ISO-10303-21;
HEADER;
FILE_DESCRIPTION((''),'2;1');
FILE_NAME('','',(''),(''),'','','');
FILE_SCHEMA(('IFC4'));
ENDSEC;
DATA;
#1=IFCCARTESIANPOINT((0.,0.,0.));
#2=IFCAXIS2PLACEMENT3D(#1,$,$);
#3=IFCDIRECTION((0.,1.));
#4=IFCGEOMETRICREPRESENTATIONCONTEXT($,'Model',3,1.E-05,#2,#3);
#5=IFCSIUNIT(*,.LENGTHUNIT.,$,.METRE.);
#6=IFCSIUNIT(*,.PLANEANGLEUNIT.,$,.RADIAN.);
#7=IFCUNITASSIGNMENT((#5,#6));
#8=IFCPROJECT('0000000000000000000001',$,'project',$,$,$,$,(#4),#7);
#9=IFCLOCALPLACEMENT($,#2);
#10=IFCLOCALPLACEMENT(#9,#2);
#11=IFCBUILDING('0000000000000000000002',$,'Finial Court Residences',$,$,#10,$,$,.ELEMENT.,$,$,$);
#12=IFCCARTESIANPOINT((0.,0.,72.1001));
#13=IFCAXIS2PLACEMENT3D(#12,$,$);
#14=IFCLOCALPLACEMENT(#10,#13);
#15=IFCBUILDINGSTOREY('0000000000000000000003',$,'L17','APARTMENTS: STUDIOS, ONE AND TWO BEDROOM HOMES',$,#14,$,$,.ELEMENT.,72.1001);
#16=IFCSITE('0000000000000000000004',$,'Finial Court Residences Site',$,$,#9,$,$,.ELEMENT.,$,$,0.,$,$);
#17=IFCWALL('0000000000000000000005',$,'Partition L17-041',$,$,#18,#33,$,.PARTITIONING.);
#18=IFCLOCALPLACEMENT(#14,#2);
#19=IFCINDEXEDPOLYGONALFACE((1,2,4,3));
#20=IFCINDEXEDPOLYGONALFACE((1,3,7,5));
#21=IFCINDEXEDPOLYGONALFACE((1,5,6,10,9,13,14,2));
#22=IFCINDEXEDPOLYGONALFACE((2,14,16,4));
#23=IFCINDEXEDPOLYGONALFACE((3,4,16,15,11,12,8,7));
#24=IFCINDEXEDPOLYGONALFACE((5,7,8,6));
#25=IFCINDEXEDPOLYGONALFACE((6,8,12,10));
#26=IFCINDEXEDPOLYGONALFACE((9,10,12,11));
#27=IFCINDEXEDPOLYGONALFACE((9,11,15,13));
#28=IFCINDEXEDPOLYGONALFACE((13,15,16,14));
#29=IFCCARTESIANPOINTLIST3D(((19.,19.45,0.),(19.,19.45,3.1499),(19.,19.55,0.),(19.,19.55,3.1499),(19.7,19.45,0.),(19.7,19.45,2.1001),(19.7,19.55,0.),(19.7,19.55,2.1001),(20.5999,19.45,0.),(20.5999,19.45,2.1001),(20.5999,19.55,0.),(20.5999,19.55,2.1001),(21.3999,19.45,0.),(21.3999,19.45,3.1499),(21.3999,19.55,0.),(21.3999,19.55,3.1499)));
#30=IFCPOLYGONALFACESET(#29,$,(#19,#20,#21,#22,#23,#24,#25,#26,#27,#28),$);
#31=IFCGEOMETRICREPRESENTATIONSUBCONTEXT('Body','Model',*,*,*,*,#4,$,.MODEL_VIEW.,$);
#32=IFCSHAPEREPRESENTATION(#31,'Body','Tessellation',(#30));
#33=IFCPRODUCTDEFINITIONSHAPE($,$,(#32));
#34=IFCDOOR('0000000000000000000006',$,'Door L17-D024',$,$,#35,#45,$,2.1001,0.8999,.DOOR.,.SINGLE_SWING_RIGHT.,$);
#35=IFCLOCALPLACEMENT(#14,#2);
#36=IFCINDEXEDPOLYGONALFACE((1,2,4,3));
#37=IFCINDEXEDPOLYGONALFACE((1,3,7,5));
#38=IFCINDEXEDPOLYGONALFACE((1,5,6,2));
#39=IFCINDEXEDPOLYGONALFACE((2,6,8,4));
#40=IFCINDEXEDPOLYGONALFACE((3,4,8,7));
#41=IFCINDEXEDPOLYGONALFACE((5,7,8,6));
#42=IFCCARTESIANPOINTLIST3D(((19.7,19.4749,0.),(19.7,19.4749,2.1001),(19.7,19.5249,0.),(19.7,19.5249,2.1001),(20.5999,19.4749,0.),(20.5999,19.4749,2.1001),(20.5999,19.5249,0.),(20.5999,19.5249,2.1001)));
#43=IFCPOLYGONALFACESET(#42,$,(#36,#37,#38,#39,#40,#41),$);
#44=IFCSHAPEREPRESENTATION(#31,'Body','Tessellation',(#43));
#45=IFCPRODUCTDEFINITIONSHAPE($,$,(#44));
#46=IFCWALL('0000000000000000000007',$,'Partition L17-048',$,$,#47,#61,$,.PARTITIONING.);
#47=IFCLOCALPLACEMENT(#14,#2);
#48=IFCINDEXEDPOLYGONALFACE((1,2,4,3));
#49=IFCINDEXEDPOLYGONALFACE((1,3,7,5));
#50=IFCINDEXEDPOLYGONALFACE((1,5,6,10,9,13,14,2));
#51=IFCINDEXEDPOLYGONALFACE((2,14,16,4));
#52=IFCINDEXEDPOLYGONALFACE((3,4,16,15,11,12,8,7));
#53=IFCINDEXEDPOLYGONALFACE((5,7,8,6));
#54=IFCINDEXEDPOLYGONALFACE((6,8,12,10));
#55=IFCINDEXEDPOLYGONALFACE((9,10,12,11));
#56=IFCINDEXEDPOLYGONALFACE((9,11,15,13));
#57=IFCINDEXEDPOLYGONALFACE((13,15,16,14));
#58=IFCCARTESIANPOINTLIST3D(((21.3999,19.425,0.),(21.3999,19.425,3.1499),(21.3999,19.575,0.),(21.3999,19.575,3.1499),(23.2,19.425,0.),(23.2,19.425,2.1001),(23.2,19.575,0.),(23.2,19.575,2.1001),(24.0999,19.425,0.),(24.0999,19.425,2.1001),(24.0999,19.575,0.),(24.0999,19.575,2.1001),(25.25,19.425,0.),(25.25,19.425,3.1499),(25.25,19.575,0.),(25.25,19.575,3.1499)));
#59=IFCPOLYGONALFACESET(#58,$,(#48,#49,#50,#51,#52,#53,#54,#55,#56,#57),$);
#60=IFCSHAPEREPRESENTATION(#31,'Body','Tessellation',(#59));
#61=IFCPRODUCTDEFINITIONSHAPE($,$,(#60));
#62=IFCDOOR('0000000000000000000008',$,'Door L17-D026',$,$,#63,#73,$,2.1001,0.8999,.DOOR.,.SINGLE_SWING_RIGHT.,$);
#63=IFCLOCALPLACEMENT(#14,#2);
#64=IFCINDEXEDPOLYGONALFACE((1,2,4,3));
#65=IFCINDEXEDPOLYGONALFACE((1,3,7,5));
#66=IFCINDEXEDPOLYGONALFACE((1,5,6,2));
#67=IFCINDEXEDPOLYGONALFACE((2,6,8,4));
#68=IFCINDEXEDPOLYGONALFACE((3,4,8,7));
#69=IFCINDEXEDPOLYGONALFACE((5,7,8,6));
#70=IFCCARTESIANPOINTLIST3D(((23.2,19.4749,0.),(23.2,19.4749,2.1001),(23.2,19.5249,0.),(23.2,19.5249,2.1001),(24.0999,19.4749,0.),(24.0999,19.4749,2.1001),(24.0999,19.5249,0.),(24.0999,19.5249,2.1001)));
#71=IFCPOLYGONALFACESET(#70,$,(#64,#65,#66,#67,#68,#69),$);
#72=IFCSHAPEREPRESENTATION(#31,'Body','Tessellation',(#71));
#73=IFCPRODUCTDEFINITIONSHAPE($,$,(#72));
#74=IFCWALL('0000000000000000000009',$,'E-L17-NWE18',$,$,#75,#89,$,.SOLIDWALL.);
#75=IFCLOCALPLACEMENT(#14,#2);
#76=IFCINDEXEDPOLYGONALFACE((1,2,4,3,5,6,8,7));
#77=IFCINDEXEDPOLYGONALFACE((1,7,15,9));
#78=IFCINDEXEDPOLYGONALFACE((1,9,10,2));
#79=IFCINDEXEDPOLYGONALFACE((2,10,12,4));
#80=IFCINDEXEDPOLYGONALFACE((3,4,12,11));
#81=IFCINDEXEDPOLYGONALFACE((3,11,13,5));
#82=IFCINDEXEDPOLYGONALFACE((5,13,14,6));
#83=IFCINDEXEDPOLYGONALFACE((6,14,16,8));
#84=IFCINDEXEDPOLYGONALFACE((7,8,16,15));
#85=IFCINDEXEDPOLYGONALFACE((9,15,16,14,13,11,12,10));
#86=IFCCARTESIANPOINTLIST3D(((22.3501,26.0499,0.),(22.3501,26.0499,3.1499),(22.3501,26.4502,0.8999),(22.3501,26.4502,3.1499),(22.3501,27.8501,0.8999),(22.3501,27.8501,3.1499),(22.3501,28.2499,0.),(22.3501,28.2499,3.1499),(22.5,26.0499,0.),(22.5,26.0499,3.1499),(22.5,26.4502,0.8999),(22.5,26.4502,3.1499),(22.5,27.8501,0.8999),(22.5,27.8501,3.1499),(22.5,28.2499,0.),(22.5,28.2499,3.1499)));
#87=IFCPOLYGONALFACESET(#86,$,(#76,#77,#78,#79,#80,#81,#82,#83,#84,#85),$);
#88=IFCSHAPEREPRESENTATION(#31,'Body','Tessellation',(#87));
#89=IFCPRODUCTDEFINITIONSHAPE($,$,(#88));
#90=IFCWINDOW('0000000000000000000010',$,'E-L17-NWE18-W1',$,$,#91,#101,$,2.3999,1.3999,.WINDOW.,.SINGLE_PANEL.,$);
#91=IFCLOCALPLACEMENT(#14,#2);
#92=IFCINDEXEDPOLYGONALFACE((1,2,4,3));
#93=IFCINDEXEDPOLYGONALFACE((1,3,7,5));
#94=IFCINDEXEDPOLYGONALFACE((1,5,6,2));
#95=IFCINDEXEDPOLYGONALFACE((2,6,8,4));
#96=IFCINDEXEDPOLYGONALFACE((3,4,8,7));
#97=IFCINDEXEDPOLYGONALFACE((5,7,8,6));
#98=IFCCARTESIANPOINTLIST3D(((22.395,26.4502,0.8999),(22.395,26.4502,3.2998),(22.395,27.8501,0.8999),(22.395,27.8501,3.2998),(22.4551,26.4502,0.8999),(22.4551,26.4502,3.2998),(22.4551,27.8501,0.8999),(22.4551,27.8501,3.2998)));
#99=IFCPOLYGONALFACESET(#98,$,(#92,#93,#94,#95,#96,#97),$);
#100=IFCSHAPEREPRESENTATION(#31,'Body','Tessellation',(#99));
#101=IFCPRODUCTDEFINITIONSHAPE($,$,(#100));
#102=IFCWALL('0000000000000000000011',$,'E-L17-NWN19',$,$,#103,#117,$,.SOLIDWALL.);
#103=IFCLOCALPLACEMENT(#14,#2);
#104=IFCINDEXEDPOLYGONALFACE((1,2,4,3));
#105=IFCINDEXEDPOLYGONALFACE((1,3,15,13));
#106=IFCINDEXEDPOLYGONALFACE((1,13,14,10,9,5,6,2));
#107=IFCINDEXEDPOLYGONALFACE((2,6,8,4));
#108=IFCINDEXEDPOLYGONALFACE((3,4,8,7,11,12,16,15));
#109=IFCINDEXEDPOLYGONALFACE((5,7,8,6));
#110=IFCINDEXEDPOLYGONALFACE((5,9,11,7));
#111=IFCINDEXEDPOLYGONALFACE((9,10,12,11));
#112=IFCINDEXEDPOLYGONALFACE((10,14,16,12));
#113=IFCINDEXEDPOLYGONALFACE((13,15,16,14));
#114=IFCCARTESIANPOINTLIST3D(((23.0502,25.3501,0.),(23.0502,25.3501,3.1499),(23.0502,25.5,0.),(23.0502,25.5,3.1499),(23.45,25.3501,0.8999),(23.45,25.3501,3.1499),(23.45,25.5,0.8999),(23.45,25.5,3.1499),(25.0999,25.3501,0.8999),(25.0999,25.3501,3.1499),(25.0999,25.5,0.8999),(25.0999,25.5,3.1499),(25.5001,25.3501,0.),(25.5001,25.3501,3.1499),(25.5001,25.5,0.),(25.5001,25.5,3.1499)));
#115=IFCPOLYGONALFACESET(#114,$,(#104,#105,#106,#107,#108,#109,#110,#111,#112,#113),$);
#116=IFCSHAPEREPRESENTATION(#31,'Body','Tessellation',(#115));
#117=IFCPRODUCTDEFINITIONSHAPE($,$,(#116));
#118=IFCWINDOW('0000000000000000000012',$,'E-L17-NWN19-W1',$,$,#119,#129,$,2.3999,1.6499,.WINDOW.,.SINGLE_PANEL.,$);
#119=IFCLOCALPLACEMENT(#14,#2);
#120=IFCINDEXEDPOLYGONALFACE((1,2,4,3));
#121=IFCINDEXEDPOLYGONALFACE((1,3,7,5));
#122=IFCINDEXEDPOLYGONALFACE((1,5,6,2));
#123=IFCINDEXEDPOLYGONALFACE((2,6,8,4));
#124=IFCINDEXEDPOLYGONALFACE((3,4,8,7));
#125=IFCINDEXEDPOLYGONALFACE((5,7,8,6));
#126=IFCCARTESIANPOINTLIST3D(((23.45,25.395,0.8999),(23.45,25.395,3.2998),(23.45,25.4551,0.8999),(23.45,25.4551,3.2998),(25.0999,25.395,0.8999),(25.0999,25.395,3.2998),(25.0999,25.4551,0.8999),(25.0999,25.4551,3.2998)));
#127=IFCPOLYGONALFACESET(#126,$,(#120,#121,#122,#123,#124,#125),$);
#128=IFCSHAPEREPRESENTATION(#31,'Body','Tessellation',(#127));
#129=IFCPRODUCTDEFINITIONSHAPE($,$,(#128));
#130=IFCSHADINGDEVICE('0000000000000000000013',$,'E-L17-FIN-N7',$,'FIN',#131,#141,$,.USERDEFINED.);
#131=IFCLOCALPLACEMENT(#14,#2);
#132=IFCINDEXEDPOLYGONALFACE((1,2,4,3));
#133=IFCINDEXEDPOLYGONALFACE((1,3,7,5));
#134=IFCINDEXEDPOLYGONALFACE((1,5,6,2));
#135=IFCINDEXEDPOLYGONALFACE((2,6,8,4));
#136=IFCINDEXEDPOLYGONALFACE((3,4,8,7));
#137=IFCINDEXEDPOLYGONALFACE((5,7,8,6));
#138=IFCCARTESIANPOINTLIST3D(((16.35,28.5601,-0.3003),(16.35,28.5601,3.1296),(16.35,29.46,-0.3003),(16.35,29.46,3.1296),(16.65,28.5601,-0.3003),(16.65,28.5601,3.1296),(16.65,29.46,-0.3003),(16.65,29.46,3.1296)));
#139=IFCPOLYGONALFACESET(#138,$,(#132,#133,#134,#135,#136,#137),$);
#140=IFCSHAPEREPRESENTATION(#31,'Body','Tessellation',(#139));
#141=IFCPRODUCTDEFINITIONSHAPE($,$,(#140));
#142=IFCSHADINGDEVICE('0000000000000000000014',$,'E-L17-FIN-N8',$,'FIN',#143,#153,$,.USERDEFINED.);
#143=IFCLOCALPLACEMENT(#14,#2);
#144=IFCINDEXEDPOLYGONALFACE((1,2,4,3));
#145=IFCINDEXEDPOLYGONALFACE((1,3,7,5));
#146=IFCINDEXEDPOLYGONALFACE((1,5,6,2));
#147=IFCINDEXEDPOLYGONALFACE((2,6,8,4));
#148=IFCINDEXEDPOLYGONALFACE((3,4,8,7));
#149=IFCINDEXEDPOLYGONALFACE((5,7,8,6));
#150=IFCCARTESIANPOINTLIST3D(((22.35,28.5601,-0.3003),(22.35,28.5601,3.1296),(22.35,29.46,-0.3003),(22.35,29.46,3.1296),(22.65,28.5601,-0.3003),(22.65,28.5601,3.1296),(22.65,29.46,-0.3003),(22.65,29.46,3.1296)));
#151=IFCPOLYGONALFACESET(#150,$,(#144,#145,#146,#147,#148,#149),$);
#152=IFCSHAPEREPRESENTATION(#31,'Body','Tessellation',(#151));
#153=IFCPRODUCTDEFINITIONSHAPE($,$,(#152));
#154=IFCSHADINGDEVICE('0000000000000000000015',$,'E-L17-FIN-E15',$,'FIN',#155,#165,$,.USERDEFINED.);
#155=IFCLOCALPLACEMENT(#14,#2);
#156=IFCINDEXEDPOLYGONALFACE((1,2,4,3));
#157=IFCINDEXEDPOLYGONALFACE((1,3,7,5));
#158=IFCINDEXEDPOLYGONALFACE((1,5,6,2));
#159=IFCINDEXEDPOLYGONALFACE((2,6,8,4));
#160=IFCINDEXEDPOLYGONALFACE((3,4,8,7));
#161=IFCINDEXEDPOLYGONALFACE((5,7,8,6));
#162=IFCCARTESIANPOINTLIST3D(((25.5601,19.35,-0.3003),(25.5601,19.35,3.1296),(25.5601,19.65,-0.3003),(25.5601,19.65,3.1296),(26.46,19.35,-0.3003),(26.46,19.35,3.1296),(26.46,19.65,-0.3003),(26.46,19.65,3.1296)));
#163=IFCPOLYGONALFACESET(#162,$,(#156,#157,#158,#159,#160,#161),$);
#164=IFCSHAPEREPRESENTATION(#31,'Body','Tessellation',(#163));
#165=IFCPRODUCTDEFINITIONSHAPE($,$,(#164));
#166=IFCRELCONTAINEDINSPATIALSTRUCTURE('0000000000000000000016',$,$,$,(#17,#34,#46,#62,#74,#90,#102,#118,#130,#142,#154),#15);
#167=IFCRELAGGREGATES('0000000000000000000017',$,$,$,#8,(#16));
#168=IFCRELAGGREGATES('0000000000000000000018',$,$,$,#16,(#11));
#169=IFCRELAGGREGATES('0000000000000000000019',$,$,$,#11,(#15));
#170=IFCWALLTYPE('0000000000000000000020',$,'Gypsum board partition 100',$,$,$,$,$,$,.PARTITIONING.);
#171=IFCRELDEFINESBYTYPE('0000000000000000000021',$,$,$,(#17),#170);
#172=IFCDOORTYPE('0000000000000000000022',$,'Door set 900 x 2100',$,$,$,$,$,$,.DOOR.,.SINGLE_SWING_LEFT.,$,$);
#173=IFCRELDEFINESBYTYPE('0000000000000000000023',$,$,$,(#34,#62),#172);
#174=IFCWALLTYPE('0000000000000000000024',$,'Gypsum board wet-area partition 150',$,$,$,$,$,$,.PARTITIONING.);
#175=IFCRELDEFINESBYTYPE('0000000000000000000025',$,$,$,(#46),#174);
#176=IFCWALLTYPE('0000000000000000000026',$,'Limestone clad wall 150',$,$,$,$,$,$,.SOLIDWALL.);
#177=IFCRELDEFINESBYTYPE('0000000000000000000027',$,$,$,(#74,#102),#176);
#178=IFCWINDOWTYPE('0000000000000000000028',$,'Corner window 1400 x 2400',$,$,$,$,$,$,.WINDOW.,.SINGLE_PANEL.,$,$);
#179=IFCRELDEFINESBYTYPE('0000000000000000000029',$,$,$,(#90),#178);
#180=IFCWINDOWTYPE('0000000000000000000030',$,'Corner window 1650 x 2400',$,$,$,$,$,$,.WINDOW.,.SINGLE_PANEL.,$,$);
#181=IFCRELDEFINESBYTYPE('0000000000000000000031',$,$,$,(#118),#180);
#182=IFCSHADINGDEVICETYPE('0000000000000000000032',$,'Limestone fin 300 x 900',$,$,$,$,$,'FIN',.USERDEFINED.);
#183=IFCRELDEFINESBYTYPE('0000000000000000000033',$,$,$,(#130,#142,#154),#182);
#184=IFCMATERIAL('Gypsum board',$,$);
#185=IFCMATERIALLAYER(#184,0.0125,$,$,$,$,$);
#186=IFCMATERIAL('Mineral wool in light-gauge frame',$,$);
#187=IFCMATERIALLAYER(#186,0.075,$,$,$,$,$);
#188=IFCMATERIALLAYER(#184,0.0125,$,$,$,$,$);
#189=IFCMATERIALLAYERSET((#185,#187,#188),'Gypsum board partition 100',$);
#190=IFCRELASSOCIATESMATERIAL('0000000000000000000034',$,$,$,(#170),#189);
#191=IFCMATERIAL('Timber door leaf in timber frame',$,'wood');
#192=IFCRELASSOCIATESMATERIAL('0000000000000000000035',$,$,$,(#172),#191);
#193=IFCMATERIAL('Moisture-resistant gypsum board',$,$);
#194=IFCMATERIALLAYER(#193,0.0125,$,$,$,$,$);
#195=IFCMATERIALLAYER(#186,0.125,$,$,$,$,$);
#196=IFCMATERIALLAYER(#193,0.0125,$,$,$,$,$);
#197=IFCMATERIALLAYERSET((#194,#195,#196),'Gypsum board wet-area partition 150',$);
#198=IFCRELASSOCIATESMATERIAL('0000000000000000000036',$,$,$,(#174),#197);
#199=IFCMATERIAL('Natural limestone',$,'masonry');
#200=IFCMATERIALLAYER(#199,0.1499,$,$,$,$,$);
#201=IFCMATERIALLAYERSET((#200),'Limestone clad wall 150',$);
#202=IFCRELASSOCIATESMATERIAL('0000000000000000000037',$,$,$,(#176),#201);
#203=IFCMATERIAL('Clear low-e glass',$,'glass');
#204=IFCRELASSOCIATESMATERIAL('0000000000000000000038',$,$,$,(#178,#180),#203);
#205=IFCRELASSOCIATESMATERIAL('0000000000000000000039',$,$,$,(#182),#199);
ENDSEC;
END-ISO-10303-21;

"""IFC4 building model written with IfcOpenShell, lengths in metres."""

from ifc_helpers import new_model, si_unit, direction, frame, frame_2d, origin, origin_2d, place, context, subcontext, project, spatial, rectangle, extrude, material, layer, layer_set, type_object, element, fill, save


model = new_model("IFC4")

# Units and contexts
model_context = context("Model", 3, precision=1e-05, world=origin(), true_north=direction((0.0, 1.0)))
body_context = subcontext(model_context, "Body", "Model", "MODEL_VIEW")
ifc_project = project(units=[si_unit("LENGTHUNIT", "METRE"), si_unit("PLANEANGLEUNIT", "RADIAN")], contexts=[model_context])

# Site, building, storey
site_placement = place(None, origin())
site = spatial("IfcSite", under=ifc_project, at=site_placement, Name="Finial Court Residences Site", CompositionType="ELEMENT", RefElevation=0.0)
building_placement = place(site_placement, origin())
building = spatial("IfcBuilding", under=site, at=building_placement, Name="Finial Court Residences", CompositionType="ELEMENT")
storey_placement = place(building_placement, frame((0.0, 0.0, 72.1001)))
storey = spatial("IfcBuildingStorey", under=building, at=storey_placement, Name="L17", Description="APARTMENTS: STUDIOS, ONE AND TWO BEDROOM HOMES", CompositionType="ELEMENT", Elevation=72.1001)

# Shared definitions
ifc_material_1 = material(Name="Clear low-e glass", Category="glass")

# Shared definitions
ifc_material_2 = material(Name="Gypsum board")

# Walls, openings, doors
ifc_layer_1 = layer(ifc_material_2, 0.0125)
ifc_material_3 = material(Name="Mineral wool in light-gauge frame")
ifc_layer_2 = layer(ifc_material_3, 0.075)
ifc_layer_3 = layer(ifc_material_2, 0.0125)
ifc_layer_set_1 = layer_set([ifc_layer_1, ifc_layer_2, ifc_layer_3], Name="Gypsum board partition 100")
wall_type_1 = type_object("IfcWallType", Name="Gypsum board partition 100", PredefinedType="PARTITIONING", material=ifc_layer_set_1)
wall_1_placement = place(storey_placement, frame((19.0, 19.5, 0.0), z_axis=(0.0, 0.0, 1.0), x_axis=(1.0, 0.0, 0.0)))
wall_1 = element("IfcWall", 1, at=wall_1_placement, inside=storey, type_object=wall_type_1, Name="Partition L17-041", PredefinedType="PARTITIONING", context=body_context, shape_type="SweptSolid", body=[
    extrude(rectangle(XDim=2.3999, YDim=0.1001, at=frame_2d((1.2, 0.0))), origin(), (0.0, 0.0, 1.0), 3.1499),
])
opening_1_placement = place(wall_1_placement, frame((0.7, 0.0, 0.0)))
opening_1 = element("IfcOpeningElement", 2, at=opening_1_placement, cuts=wall_1, PredefinedType="OPENING", context=body_context, shape_type="SweptSolid", body=[
    extrude(rectangle(XDim=0.8999, YDim=2.1001, at=frame_2d((0.45, 1.05))), frame((0.0, 0.0601, 0.0), z_axis=(0.0, -1.0, 0.0), x_axis=(1.0, 0.0, 0.0)), (0.0, 0.0, 1.0), 0.1201),
])
ifc_material_4 = material(Name="Timber door leaf in timber frame", Category="wood")
door_type = type_object("IfcDoorType", Name="Door set 900 x 2100", OperationType="SINGLE_SWING_LEFT", PredefinedType="DOOR", material=ifc_material_4)
door_1_placement = place(opening_1_placement, origin())
door_1 = element("IfcDoor", 3, at=door_1_placement, inside=storey, type_object=door_type, Name="Door L17-D024", OperationType="SINGLE_SWING_RIGHT", OverallHeight=2.1001, OverallWidth=0.8999, PredefinedType="DOOR", context=body_context, shape_type="SweptSolid", body=[
    extrude(rectangle(XDim=0.8999, YDim=2.1001, at=frame_2d((0.45, 1.05))), frame((0.0, 0.0249, 0.0), z_axis=(0.0, -1.0, 0.0), x_axis=(1.0, 0.0, 0.0)), (0.0, 0.0, 1.0), 0.05),
])
fill(opening_1, door_1)
ifc_material_5 = material(Name="Moisture-resistant gypsum board")
ifc_layer_4 = layer(ifc_material_5, 0.0125)
ifc_layer_5 = layer(ifc_material_3, 0.125)
ifc_layer_6 = layer(ifc_material_5, 0.0125)
ifc_layer_set_2 = layer_set([ifc_layer_4, ifc_layer_5, ifc_layer_6], Name="Gypsum board wet-area partition 150")
wall_type_2 = type_object("IfcWallType", Name="Gypsum board wet-area partition 150", PredefinedType="PARTITIONING", material=ifc_layer_set_2)
wall_2_placement = place(storey_placement, frame((21.3999, 19.5, 0.0), z_axis=(0.0, 0.0, 1.0), x_axis=(1.0, 0.0, 0.0)))
wall_2 = element("IfcWall", 4, at=wall_2_placement, inside=storey, type_object=wall_type_2, Name="Partition L17-048", PredefinedType="PARTITIONING", context=body_context, shape_type="SweptSolid", body=[
    extrude(rectangle(XDim=3.8501, YDim=0.1499, at=frame_2d((1.925, 0.0))), origin(), (0.0, 0.0, 1.0), 3.1499),
])
opening_2_placement = place(wall_2_placement, frame((1.8, 0.0, 0.0)))
opening_2 = element("IfcOpeningElement", 5, at=opening_2_placement, cuts=wall_2, PredefinedType="OPENING", context=body_context, shape_type="SweptSolid", body=[
    extrude(rectangle(XDim=0.8999, YDim=2.1001, at=frame_2d((0.45, 1.05))), frame((0.0, 0.085, 0.0), z_axis=(0.0, -1.0, 0.0), x_axis=(1.0, 0.0, 0.0)), (0.0, 0.0, 1.0), 0.1699),
])
door_2_placement = place(opening_2_placement, origin())
door_2 = element("IfcDoor", 6, at=door_2_placement, inside=storey, type_object=door_type, Name="Door L17-D026", OperationType="SINGLE_SWING_RIGHT", OverallHeight=2.1001, OverallWidth=0.8999, PredefinedType="DOOR", context=body_context, shape_type="SweptSolid", body=[
    extrude(rectangle(XDim=0.8999, YDim=2.1001, at=frame_2d((0.45, 1.05))), frame((0.0, 0.0249, 0.0), z_axis=(0.0, -1.0, 0.0), x_axis=(1.0, 0.0, 0.0)), (0.0, 0.0, 1.0), 0.05),
])
fill(opening_2, door_2)

# Walls, openings, windows
ifc_material_6 = material(Name="Natural limestone", Category="masonry")
ifc_layer_7 = layer(ifc_material_6, 0.1499)
ifc_layer_set_3 = layer_set([ifc_layer_7], Name="Limestone clad wall 150")
wall_type_3 = type_object("IfcWallType", Name="Limestone clad wall 150", PredefinedType="SOLIDWALL", material=ifc_layer_set_3)
wall_3_placement = place(storey_placement, frame((22.425, 28.25, 0.0), z_axis=(0.0, 0.0, 1.0), x_axis=(0.0, -1.0, 0.0)))
wall_3 = element("IfcWall", 7, at=wall_3_placement, inside=storey, type_object=wall_type_3, Name="E-L17-NWE18", PredefinedType="SOLIDWALL", context=body_context, shape_type="SweptSolid", body=[
    extrude(rectangle(XDim=2.2, YDim=0.1499, at=frame_2d((1.1001, 0.0))), origin(), (0.0, 0.0, 1.0), 3.1499),
])
opening_3_placement = place(wall_3_placement, frame((0.3999, 0.0, 0.8999)))
opening_3 = element("IfcOpeningElement", 8, at=opening_3_placement, cuts=wall_3, PredefinedType="OPENING", context=body_context, shape_type="SweptSolid", body=[
    extrude(rectangle(XDim=1.3999, YDim=2.3999, at=frame_2d((0.7, 1.2))), frame((0.0, 0.085, 0.0), z_axis=(0.0, -1.0, 0.0), x_axis=(1.0, 0.0, 0.0)), (0.0, 0.0, 1.0), 0.1699),
])
window_type_1 = type_object("IfcWindowType", Name="Corner window 1400 x 2400", PartitioningType="SINGLE_PANEL", PredefinedType="WINDOW", material=ifc_material_1)
window_1_placement = place(opening_3_placement, origin())
window_1 = element("IfcWindow", 9, at=window_1_placement, inside=storey, type_object=window_type_1, Name="E-L17-NWE18-W1", OverallHeight=2.3999, OverallWidth=1.3999, PartitioningType="SINGLE_PANEL", PredefinedType="WINDOW", context=body_context, shape_type="SweptSolid", body=[
    extrude(rectangle(XDim=1.3999, YDim=2.3999, at=frame_2d((0.7, 1.2))), frame((0.0, 0.03, 0.0), z_axis=(0.0, -1.0, 0.0), x_axis=(1.0, 0.0, 0.0)), (0.0, 0.0, 1.0), 0.0601),
])
fill(opening_3, window_1)
wall_4_placement = place(storey_placement, frame((23.05, 25.425, 0.0), z_axis=(0.0, 0.0, 1.0), x_axis=(1.0, 0.0, 0.0)))
wall_4 = element("IfcWall", 10, at=wall_4_placement, inside=storey, type_object=wall_type_3, Name="E-L17-NWN19", PredefinedType="SOLIDWALL", context=body_context, shape_type="SweptSolid", body=[
    extrude(rectangle(XDim=2.45, YDim=0.1499, at=frame_2d((1.2251, 0.0))), origin(), (0.0, 0.0, 1.0), 3.1499),
])
opening_4_placement = place(wall_4_placement, frame((0.3999, 0.0, 0.8999)))
opening_4 = element("IfcOpeningElement", 11, at=opening_4_placement, cuts=wall_4, PredefinedType="OPENING", context=body_context, shape_type="SweptSolid", body=[
    extrude(rectangle(XDim=1.6499, YDim=2.3999, at=frame_2d((0.825, 1.2))), frame((0.0, 0.085, 0.0), z_axis=(0.0, -1.0, 0.0), x_axis=(1.0, 0.0, 0.0)), (0.0, 0.0, 1.0), 0.1699),
])
window_type_2 = type_object("IfcWindowType", Name="Corner window 1650 x 2400", PartitioningType="SINGLE_PANEL", PredefinedType="WINDOW", material=ifc_material_1)
window_2_placement = place(opening_4_placement, origin())
window_2 = element("IfcWindow", 12, at=window_2_placement, inside=storey, type_object=window_type_2, Name="E-L17-NWN19-W1", OverallHeight=2.3999, OverallWidth=1.6499, PartitioningType="SINGLE_PANEL", PredefinedType="WINDOW", context=body_context, shape_type="SweptSolid", body=[
    extrude(rectangle(XDim=1.6499, YDim=2.3999, at=frame_2d((0.825, 1.2))), frame((0.0, 0.03, 0.0), z_axis=(0.0, -1.0, 0.0), x_axis=(1.0, 0.0, 0.0)), (0.0, 0.0, 1.0), 0.0601),
])
fill(opening_4, window_2)

# Shading devices
shading_device_type = type_object("IfcShadingDeviceType", Name="Limestone fin 300 x 900", ElementType="FIN", PredefinedType="USERDEFINED", material=ifc_material_6)
for number, where, z_axis, x_axis, name in (
    (13, (16.5, 29.01, -0.3003), (0.0, 0.0, 1.0), (1.0, 0.0, 0.0), "E-L17-FIN-N7"),
    (14, (22.5, 29.01, -0.3003), (0.0, 0.0, 1.0), (1.0, 0.0, 0.0), "E-L17-FIN-N8"),
):
    element("IfcShadingDevice", number, at=place(storey_placement, frame(where, z_axis=z_axis, x_axis=x_axis)), inside=storey, type_object=shading_device_type, Name=name, ObjectType="FIN", PredefinedType="USERDEFINED", context=body_context, shape_type="SweptSolid", body=[
        extrude(rectangle(XDim=0.3, YDim=0.8999, at=origin_2d()), origin(), (0.0, 0.0, 1.0), 3.4299),
    ])
for number, where, z_axis, x_axis, name in (
    (15, (26.01, 19.5, -0.3003), (0.0, 0.0, 1.0), (1.0, 0.0, 0.0), "E-L17-FIN-E15"),
):
    element("IfcShadingDevice", number, at=place(storey_placement, frame(where, z_axis=z_axis, x_axis=x_axis)), inside=storey, type_object=shading_device_type, Name=name, ObjectType="FIN", PredefinedType="USERDEFINED", context=body_context, shape_type="SweptSolid", body=[
        extrude(rectangle(XDim=0.8999, YDim=0.3, at=origin_2d()), origin(), (0.0, 0.0, 1.0), 3.4299),
    ])

save(model, "model.ifc")
